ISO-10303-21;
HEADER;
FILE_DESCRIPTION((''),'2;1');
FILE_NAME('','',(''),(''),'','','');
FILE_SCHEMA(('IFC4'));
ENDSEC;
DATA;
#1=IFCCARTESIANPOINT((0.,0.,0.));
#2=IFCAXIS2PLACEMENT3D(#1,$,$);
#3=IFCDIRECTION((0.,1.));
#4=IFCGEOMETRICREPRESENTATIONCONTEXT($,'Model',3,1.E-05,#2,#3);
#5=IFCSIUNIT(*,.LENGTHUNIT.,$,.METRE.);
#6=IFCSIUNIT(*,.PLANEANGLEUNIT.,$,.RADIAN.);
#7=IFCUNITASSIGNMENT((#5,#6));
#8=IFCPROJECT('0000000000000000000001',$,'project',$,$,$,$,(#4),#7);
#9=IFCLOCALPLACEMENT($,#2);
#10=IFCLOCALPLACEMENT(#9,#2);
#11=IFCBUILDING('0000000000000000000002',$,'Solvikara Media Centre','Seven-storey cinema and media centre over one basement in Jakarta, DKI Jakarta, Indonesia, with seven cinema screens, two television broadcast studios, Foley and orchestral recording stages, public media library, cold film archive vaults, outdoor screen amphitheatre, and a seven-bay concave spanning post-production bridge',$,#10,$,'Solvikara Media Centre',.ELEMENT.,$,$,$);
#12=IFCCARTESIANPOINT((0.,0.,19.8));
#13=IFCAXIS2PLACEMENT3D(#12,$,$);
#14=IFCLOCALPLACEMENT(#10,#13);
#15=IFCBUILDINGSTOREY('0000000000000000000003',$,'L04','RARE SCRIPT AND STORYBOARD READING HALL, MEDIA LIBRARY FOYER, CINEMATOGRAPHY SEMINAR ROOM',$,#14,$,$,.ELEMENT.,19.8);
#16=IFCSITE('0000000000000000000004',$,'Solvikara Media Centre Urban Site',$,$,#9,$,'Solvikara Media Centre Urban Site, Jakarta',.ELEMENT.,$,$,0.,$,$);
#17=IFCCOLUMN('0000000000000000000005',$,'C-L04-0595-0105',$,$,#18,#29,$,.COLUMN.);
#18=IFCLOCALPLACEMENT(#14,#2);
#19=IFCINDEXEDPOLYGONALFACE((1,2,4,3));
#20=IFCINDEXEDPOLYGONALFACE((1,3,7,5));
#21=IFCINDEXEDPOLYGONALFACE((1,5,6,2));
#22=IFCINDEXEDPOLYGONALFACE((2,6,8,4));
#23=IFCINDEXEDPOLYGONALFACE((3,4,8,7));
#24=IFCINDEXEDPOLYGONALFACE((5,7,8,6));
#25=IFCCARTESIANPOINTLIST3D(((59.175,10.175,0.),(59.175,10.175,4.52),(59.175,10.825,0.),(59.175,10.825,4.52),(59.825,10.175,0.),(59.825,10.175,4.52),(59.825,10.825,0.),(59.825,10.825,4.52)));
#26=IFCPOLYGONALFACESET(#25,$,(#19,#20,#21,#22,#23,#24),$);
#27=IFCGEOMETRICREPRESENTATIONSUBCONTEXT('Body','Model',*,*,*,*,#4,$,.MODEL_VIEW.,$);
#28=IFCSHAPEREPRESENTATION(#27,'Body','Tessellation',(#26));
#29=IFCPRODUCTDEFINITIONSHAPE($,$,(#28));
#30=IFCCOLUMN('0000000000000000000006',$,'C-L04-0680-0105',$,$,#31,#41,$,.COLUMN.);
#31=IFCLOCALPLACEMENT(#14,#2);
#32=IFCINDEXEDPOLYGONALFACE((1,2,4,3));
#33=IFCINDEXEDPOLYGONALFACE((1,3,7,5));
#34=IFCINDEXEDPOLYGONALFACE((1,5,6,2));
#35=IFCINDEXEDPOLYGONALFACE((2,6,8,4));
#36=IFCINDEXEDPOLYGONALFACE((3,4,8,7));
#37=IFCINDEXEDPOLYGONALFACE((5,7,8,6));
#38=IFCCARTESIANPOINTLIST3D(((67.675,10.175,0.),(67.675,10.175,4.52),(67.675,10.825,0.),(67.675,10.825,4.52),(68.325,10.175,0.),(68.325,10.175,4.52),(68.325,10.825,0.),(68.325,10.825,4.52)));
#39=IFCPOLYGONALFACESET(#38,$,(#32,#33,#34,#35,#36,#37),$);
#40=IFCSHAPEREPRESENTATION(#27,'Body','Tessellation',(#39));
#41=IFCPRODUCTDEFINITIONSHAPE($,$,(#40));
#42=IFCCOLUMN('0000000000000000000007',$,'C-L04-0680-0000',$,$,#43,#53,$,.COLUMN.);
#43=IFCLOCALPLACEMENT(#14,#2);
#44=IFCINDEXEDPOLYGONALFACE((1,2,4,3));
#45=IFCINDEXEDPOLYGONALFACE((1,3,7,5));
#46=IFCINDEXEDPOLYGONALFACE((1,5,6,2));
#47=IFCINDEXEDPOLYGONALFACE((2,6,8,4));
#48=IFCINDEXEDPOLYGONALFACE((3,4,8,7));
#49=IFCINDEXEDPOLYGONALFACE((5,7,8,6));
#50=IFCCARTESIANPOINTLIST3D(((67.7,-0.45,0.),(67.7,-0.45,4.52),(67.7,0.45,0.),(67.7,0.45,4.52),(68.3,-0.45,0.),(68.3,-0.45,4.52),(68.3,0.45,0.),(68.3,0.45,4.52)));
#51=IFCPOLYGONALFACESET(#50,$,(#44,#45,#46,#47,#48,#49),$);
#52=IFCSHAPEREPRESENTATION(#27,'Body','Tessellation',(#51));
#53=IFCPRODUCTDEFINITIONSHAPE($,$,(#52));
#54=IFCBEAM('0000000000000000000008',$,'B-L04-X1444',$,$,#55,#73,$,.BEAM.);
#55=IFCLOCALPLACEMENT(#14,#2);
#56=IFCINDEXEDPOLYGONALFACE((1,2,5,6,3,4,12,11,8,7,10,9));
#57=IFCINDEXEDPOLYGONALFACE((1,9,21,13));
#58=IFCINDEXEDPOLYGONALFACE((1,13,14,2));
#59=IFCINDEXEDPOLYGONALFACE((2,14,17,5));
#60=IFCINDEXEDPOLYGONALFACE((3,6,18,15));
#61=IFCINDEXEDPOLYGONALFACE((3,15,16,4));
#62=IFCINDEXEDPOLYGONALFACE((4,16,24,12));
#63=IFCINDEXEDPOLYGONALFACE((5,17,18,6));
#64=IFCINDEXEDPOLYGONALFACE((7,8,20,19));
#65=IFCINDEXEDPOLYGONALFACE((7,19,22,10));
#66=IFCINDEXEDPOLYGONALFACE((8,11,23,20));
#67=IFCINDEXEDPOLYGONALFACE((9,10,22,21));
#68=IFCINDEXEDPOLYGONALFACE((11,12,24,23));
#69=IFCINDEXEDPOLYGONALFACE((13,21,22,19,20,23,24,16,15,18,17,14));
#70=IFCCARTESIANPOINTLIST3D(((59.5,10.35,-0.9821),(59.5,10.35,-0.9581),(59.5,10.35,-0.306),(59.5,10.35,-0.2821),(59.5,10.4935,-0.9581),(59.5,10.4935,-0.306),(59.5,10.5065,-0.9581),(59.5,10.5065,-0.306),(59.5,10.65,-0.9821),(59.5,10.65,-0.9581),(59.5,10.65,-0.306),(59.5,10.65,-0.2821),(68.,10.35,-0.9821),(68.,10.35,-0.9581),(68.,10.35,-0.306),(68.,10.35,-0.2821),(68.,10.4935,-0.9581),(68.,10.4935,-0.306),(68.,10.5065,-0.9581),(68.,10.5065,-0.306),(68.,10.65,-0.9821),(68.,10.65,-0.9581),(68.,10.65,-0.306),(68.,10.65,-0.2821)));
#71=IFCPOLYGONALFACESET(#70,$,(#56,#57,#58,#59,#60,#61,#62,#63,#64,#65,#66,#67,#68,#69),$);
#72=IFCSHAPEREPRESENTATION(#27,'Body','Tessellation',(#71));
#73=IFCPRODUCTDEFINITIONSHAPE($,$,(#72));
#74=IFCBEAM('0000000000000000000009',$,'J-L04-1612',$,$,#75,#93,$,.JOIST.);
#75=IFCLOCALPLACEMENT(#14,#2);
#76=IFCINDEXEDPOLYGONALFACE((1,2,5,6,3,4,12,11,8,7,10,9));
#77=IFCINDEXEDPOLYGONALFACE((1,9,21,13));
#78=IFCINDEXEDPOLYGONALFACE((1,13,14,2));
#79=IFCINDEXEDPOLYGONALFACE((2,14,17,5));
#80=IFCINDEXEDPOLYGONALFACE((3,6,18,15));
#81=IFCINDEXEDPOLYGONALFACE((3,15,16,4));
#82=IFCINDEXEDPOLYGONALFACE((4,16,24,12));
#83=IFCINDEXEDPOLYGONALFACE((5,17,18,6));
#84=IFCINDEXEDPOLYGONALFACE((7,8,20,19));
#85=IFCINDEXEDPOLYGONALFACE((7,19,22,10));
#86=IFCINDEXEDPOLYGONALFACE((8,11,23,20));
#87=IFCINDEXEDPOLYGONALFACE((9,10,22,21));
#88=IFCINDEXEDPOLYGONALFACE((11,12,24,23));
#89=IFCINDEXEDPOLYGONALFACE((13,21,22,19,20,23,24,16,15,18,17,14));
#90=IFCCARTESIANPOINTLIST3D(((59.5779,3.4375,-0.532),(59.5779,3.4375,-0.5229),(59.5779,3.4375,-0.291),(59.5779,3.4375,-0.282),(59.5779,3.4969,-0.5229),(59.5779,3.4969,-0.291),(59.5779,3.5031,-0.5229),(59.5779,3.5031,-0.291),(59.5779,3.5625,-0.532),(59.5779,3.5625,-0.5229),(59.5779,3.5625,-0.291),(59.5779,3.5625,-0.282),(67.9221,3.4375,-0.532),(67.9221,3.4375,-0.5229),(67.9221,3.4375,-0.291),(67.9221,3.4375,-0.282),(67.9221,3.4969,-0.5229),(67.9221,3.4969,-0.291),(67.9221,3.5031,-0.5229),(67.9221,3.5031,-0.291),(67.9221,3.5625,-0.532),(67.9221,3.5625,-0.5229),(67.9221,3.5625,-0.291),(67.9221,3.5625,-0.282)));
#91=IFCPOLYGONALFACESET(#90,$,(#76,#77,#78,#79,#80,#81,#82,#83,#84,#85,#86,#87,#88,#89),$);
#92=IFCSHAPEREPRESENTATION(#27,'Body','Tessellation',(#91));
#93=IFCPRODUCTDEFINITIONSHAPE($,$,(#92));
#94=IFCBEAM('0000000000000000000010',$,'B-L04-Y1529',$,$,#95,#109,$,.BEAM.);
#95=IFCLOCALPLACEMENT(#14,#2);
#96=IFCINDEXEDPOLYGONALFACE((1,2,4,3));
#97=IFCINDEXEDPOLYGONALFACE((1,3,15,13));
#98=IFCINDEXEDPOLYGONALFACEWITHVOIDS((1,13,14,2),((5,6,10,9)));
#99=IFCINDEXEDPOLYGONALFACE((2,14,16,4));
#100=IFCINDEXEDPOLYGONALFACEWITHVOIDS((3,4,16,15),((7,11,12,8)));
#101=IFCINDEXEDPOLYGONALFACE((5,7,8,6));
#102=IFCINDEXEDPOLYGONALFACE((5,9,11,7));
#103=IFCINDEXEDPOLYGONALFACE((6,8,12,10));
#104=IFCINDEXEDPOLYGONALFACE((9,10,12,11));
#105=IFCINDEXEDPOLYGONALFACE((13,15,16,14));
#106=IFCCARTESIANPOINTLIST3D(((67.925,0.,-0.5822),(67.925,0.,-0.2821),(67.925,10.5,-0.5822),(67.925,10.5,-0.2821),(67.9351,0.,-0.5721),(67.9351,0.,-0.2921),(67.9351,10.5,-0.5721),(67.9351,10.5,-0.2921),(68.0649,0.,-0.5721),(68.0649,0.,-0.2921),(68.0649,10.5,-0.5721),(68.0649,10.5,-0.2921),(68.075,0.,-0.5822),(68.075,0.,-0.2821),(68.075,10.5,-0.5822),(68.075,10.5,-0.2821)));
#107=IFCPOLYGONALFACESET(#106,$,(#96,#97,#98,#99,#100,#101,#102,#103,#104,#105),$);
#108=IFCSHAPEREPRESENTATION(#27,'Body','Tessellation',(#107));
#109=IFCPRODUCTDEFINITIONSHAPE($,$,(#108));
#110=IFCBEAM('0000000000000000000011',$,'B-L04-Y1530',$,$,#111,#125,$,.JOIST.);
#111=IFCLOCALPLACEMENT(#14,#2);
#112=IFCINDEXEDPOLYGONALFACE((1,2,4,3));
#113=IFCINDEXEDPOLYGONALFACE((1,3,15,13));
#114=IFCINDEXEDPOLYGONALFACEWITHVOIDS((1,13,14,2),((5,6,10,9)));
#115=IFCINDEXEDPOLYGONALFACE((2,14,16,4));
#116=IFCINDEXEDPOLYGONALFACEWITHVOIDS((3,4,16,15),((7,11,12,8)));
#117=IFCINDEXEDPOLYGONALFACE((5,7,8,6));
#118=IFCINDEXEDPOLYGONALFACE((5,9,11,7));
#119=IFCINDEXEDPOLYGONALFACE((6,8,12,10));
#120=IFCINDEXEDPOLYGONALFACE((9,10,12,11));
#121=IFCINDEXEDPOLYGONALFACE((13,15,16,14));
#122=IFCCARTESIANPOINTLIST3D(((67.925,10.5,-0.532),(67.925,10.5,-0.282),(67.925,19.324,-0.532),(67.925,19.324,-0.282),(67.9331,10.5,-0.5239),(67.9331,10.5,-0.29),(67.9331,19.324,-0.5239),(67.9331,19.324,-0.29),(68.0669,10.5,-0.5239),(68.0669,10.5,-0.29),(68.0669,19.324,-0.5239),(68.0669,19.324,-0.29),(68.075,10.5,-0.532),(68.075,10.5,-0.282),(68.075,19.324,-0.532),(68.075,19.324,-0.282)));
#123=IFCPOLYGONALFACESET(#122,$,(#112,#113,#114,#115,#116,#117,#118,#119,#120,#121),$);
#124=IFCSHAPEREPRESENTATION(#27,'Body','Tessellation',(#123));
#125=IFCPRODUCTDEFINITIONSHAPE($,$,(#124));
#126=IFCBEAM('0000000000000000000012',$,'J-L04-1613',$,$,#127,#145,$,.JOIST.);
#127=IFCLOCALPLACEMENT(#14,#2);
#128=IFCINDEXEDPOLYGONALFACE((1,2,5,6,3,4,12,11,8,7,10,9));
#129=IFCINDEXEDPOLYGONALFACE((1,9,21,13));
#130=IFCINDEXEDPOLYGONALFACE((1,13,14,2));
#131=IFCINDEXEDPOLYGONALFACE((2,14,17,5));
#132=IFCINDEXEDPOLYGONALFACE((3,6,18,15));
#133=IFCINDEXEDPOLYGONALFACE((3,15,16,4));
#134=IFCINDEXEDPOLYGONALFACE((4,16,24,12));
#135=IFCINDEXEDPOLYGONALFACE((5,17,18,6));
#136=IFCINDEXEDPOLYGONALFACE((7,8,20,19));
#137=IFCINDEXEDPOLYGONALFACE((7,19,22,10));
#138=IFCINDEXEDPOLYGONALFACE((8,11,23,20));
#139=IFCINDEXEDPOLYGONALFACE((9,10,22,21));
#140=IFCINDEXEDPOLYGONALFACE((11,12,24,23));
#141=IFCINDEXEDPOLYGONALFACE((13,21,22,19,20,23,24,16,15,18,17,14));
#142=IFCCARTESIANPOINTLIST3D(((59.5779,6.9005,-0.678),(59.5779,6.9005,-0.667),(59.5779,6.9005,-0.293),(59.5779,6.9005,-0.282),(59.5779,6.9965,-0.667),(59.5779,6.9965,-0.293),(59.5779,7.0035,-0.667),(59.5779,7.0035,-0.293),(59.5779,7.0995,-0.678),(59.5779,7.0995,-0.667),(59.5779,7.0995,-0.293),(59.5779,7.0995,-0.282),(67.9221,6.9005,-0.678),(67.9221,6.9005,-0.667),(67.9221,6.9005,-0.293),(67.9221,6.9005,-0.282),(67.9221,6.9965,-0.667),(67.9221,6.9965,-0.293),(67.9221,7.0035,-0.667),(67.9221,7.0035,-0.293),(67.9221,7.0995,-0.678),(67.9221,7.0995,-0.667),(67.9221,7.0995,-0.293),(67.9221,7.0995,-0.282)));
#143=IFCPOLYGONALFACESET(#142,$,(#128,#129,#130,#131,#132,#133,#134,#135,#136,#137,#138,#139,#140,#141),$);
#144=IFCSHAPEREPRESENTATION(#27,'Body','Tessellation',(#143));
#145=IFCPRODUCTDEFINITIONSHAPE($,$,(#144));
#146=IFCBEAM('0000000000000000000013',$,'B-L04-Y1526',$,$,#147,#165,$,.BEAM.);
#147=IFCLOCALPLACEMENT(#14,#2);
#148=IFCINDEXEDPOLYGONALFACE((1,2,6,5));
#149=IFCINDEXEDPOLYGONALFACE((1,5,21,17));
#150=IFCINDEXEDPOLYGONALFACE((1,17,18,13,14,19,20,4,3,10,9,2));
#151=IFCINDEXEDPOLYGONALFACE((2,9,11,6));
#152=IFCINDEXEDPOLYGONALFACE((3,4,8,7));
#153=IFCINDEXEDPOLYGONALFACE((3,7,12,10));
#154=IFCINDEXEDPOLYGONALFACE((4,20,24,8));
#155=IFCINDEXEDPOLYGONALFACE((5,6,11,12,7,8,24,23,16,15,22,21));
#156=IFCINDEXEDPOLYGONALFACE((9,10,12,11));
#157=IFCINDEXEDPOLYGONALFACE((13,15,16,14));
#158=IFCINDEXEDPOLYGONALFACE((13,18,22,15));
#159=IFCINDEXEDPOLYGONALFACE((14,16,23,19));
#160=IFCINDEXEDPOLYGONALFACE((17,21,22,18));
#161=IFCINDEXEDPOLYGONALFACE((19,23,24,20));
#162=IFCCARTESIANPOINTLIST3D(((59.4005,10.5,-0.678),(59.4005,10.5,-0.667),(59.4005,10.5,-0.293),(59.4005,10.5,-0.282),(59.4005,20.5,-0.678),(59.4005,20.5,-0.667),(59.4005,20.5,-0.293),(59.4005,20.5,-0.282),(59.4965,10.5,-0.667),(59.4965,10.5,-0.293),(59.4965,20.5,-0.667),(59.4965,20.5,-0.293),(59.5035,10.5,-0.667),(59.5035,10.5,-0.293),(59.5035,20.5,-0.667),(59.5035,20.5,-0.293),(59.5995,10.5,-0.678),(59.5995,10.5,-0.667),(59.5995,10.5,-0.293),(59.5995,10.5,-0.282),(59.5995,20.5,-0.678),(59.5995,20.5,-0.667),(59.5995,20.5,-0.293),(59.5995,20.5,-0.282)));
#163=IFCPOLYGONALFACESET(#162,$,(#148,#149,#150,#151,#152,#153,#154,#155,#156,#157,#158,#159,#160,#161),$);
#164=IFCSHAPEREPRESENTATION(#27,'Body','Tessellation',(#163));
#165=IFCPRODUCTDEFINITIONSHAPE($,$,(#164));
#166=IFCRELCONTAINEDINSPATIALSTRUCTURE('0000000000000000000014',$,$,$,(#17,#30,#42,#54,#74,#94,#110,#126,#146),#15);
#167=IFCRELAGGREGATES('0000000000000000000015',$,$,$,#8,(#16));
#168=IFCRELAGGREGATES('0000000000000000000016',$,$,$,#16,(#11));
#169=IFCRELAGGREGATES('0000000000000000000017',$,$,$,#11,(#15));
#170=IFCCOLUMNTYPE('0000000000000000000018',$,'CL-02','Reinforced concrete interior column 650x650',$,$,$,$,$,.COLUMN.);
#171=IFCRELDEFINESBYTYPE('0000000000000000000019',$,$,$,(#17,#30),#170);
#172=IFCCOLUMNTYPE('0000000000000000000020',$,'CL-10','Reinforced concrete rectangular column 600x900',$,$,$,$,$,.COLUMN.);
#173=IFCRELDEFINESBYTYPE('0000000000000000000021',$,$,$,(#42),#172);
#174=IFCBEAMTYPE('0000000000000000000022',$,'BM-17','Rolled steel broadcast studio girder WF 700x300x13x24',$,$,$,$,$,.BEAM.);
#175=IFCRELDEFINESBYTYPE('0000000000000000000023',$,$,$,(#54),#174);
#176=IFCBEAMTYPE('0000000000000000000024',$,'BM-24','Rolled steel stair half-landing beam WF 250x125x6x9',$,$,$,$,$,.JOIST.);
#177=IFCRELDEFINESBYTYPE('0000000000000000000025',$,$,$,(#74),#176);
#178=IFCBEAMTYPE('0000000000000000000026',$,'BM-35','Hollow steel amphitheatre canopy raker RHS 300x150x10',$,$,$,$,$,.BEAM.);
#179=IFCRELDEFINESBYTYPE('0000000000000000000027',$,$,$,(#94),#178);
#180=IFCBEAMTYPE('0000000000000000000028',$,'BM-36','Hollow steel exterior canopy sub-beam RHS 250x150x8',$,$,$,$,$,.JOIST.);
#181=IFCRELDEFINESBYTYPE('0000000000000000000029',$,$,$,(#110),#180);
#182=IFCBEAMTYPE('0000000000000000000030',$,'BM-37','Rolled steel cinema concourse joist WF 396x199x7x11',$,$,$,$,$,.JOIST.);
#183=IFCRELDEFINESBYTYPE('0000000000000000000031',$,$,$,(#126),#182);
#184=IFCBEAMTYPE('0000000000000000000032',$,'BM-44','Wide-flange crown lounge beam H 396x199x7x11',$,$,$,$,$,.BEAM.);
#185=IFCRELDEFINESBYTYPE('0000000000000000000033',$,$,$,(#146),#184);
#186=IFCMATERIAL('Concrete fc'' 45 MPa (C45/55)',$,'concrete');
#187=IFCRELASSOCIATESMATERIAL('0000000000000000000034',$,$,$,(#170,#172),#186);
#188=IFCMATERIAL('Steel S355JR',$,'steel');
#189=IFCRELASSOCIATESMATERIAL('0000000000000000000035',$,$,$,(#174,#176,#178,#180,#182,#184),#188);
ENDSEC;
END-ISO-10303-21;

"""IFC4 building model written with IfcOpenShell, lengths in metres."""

from ifc_helpers import new_model, si_unit, direction, frame, origin, origin_2d, place, context, subcontext, project, spatial, rectangle, hollow_rectangle, i_section, extrude, material, material_profile, profile_set, type_object, element, save


model = new_model("IFC4")

# Units and contexts
model_context = context("Model", 3, precision=1e-05, world=origin(), true_north=direction((0.0, 1.0)))
body_context = subcontext(model_context, "Body", "Model", "MODEL_VIEW")
ifc_project = project(units=[si_unit("LENGTHUNIT", "METRE"), si_unit("PLANEANGLEUNIT", "RADIAN")], contexts=[model_context])

# Site, building, storey
site_placement = place(None, origin())
site = spatial("IfcSite", under=ifc_project, at=site_placement, Name="Solvikara Media Centre Urban Site", LongName="Solvikara Media Centre Urban Site, Jakarta", CompositionType="ELEMENT", RefElevation=0.0)
building_placement = place(site_placement, origin())
building = spatial("IfcBuilding", under=site, at=building_placement, Name="Solvikara Media Centre", Description="Seven-storey cinema and media centre over one basement in Jakarta, DKI Jakarta, Indonesia, with seven cinema screens, two television broadcast studios, Foley and orchestral recording stages, public media library, cold film archive vaults, outdoor screen amphitheatre, and a seven-bay concave spanning post-production bridge", LongName="Solvikara Media Centre", CompositionType="ELEMENT")
storey_placement = place(building_placement, frame((0.0, 0.0, 19.8)))
storey = spatial("IfcBuildingStorey", under=building, at=storey_placement, Name="L04", Description="RARE SCRIPT AND STORYBOARD READING HALL, MEDIA LIBRARY FOYER, CINEMATOGRAPHY SEMINAR ROOM", CompositionType="ELEMENT", Elevation=19.8)

# Columns
ifc_material_1 = material(Name="Concrete fc' 45 MPa (C45/55)", Category="concrete")
ifc_material_profile_1 = material_profile(ifc_material_1, rectangle(XDim=0.6499, YDim=0.6499, at=origin_2d()), Name="RC 650x650")
ifc_profile_set_1 = profile_set([ifc_material_profile_1], Name="Concrete fc' 45 MPa (C45/55)")
column_type_1 = type_object("IfcColumnType", Name="CL-02", Description="Reinforced concrete interior column 650x650", PredefinedType="COLUMN", material=ifc_profile_set_1)
for number, where, z_axis, x_axis, name in (
    (1, (59.5, 10.5, 0.0), (0.0, 0.0, 1.0), (1.0, 0.0, 0.0), "C-L04-0595-0105"),
    (2, (68.0, 10.5, 0.0), (0.0, 0.0, 1.0), (1.0, 0.0, 0.0), "C-L04-0680-0105"),
):
    element("IfcColumn", number, at=place(storey_placement, frame(where, z_axis=z_axis, x_axis=x_axis)), inside=storey, type_object=column_type_1, Name=name, PredefinedType="COLUMN", context=body_context, shape_type="SweptSolid", body=[
        extrude(rectangle(XDim=0.6499, YDim=0.6499, at=origin_2d()), origin(), (0.0, 0.0, 1.0), 4.52),
    ])
ifc_material_profile_2 = material_profile(ifc_material_1, rectangle(XDim=0.6001, YDim=0.8999, at=origin_2d()), Name="RC 600x900")
ifc_profile_set_2 = profile_set([ifc_material_profile_2], Name="Concrete fc' 45 MPa (C45/55)")
column_type_2 = type_object("IfcColumnType", Name="CL-10", Description="Reinforced concrete rectangular column 600x900", PredefinedType="COLUMN", material=ifc_profile_set_2)
column_placement = place(storey_placement, frame((68.0, 0.0, 0.0), z_axis=(0.0, 0.0, 1.0), x_axis=(1.0, 0.0, 0.0)))
element("IfcColumn", 3, at=column_placement, inside=storey, type_object=column_type_2, Name="C-L04-0680-0000", PredefinedType="COLUMN", context=body_context, shape_type="SweptSolid", body=[
    extrude(rectangle(XDim=0.6001, YDim=0.8999, at=origin_2d()), origin(), (0.0, 0.0, 1.0), 4.52),
])

# Beams
ifc_material_2 = material(Name="Steel S355JR", Category="steel")
ifc_material_profile_3 = material_profile(ifc_material_2, i_section(OverallWidth=0.3, OverallDepth=0.7, WebThickness=0.0129, FlangeThickness=0.0239, at=origin_2d()), Name="WF 700x300x13x24")
ifc_profile_set_3 = profile_set([ifc_material_profile_3], Name="Steel S355JR")
beam_type_1 = type_object("IfcBeamType", Name="BM-17", Description="Rolled steel broadcast studio girder WF 700x300x13x24", PredefinedType="BEAM", material=ifc_profile_set_3)
beam_1_placement = place(storey_placement, frame((59.5, 10.5, -0.6321), z_axis=(1.0, 0.0, 0.0), x_axis=(0.0, 1.0, 0.0)))
element("IfcBeam", 4, at=beam_1_placement, inside=storey, type_object=beam_type_1, Name="B-L04-X1444", PredefinedType="BEAM", context=body_context, shape_type="SweptSolid", body=[
    extrude(i_section(OverallWidth=0.3, OverallDepth=0.7, WebThickness=0.0129, FlangeThickness=0.0239, at=origin_2d()), origin(), (0.0, 0.0, 1.0), 8.5),
])
ifc_material_profile_4 = material_profile(ifc_material_2, i_section(OverallWidth=0.125, OverallDepth=0.25, WebThickness=0.0061, FlangeThickness=0.009, at=origin_2d()), Name="WF 250x125x6x9")
ifc_profile_set_4 = profile_set([ifc_material_profile_4], Name="Steel S355JR")
beam_type_2 = type_object("IfcBeamType", Name="BM-24", Description="Rolled steel stair half-landing beam WF 250x125x6x9", PredefinedType="JOIST", material=ifc_profile_set_4)
beam_2_placement = place(storey_placement, frame((59.5779, 3.5, -0.407), z_axis=(1.0, 0.0, 0.0), x_axis=(0.0, 1.0, 0.0)))
element("IfcBeam", 5, at=beam_2_placement, inside=storey, type_object=beam_type_2, Name="J-L04-1612", PredefinedType="JOIST", context=body_context, shape_type="SweptSolid", body=[
    extrude(i_section(OverallWidth=0.125, OverallDepth=0.25, WebThickness=0.0061, FlangeThickness=0.009, at=origin_2d()), origin(), (0.0, 0.0, 1.0), 8.3442),
])
ifc_material_profile_5 = material_profile(ifc_material_2, hollow_rectangle(XDim=0.1499, YDim=0.3, WallThickness=0.01, at=origin_2d()), Name="RHS 300x150x10")
ifc_profile_set_5 = profile_set([ifc_material_profile_5], Name="Steel S355JR")
beam_type_3 = type_object("IfcBeamType", Name="BM-35", Description="Hollow steel amphitheatre canopy raker RHS 300x150x10", PredefinedType="BEAM", material=ifc_profile_set_5)
beam_3_placement = place(storey_placement, frame((68.0, 0.0, -0.4321), z_axis=(0.0, 1.0, 0.0), x_axis=(-1.0, 0.0, 0.0)))
element("IfcBeam", 6, at=beam_3_placement, inside=storey, type_object=beam_type_3, Name="B-L04-Y1529", PredefinedType="BEAM", context=body_context, shape_type="SweptSolid", body=[
    extrude(hollow_rectangle(XDim=0.1499, YDim=0.3, WallThickness=0.01, at=origin_2d()), origin(), (0.0, 0.0, 1.0), 10.5),
])
ifc_material_profile_6 = material_profile(ifc_material_2, hollow_rectangle(XDim=0.1499, YDim=0.25, WallThickness=0.0081, at=origin_2d()), Name="RHS 250x150x8")
ifc_profile_set_6 = profile_set([ifc_material_profile_6], Name="Steel S355JR")
beam_type_4 = type_object("IfcBeamType", Name="BM-36", Description="Hollow steel exterior canopy sub-beam RHS 250x150x8", PredefinedType="JOIST", material=ifc_profile_set_6)
beam_4_placement = place(storey_placement, frame((68.0, 10.5, -0.407), z_axis=(0.0, 1.0, 0.0), x_axis=(-1.0, 0.0, 0.0)))
element("IfcBeam", 7, at=beam_4_placement, inside=storey, type_object=beam_type_4, Name="B-L04-Y1530", PredefinedType="JOIST", context=body_context, shape_type="SweptSolid", body=[
    extrude(hollow_rectangle(XDim=0.1499, YDim=0.25, WallThickness=0.0081, at=origin_2d()), origin(), (0.0, 0.0, 1.0), 8.824),
])
ifc_material_profile_7 = material_profile(ifc_material_2, i_section(OverallWidth=0.199, OverallDepth=0.396, WebThickness=0.0071, FlangeThickness=0.011, at=origin_2d()), Name="WF 396x199x7x11")
ifc_profile_set_7 = profile_set([ifc_material_profile_7], Name="Steel S355JR")
beam_type_5 = type_object("IfcBeamType", Name="BM-37", Description="Rolled steel cinema concourse joist WF 396x199x7x11", PredefinedType="JOIST", material=ifc_profile_set_7)
beam_5_placement = place(storey_placement, frame((59.5779, 7.0, -0.48), z_axis=(1.0, 0.0, 0.0), x_axis=(0.0, 1.0, 0.0)))
element("IfcBeam", 8, at=beam_5_placement, inside=storey, type_object=beam_type_5, Name="J-L04-1613", PredefinedType="JOIST", context=body_context, shape_type="SweptSolid", body=[
    extrude(i_section(OverallWidth=0.199, OverallDepth=0.396, WebThickness=0.0071, FlangeThickness=0.011, at=origin_2d()), origin(), (0.0, 0.0, 1.0), 8.3442),
])
ifc_material_profile_8 = material_profile(ifc_material_2, i_section(OverallWidth=0.199, OverallDepth=0.396, WebThickness=0.0071, FlangeThickness=0.011, at=origin_2d()), Name="H 396x199x7x11")
ifc_profile_set_8 = profile_set([ifc_material_profile_8], Name="Steel S355JR")
beam_type_6 = type_object("IfcBeamType", Name="BM-44", Description="Wide-flange crown lounge beam H 396x199x7x11", PredefinedType="BEAM", material=ifc_profile_set_8)
beam_6_placement = place(storey_placement, frame((59.5, 10.5, -0.48), z_axis=(0.0, 1.0, 0.0), x_axis=(-1.0, 0.0, 0.0)))
element("IfcBeam", 9, at=beam_6_placement, inside=storey, type_object=beam_type_6, Name="B-L04-Y1526", PredefinedType="BEAM", context=body_context, shape_type="SweptSolid", body=[
    extrude(i_section(OverallWidth=0.199, OverallDepth=0.396, WebThickness=0.0071, FlangeThickness=0.011, at=origin_2d()), origin(), (0.0, 0.0, 1.0), 10.0),
])

save(model, "model.ifc")
